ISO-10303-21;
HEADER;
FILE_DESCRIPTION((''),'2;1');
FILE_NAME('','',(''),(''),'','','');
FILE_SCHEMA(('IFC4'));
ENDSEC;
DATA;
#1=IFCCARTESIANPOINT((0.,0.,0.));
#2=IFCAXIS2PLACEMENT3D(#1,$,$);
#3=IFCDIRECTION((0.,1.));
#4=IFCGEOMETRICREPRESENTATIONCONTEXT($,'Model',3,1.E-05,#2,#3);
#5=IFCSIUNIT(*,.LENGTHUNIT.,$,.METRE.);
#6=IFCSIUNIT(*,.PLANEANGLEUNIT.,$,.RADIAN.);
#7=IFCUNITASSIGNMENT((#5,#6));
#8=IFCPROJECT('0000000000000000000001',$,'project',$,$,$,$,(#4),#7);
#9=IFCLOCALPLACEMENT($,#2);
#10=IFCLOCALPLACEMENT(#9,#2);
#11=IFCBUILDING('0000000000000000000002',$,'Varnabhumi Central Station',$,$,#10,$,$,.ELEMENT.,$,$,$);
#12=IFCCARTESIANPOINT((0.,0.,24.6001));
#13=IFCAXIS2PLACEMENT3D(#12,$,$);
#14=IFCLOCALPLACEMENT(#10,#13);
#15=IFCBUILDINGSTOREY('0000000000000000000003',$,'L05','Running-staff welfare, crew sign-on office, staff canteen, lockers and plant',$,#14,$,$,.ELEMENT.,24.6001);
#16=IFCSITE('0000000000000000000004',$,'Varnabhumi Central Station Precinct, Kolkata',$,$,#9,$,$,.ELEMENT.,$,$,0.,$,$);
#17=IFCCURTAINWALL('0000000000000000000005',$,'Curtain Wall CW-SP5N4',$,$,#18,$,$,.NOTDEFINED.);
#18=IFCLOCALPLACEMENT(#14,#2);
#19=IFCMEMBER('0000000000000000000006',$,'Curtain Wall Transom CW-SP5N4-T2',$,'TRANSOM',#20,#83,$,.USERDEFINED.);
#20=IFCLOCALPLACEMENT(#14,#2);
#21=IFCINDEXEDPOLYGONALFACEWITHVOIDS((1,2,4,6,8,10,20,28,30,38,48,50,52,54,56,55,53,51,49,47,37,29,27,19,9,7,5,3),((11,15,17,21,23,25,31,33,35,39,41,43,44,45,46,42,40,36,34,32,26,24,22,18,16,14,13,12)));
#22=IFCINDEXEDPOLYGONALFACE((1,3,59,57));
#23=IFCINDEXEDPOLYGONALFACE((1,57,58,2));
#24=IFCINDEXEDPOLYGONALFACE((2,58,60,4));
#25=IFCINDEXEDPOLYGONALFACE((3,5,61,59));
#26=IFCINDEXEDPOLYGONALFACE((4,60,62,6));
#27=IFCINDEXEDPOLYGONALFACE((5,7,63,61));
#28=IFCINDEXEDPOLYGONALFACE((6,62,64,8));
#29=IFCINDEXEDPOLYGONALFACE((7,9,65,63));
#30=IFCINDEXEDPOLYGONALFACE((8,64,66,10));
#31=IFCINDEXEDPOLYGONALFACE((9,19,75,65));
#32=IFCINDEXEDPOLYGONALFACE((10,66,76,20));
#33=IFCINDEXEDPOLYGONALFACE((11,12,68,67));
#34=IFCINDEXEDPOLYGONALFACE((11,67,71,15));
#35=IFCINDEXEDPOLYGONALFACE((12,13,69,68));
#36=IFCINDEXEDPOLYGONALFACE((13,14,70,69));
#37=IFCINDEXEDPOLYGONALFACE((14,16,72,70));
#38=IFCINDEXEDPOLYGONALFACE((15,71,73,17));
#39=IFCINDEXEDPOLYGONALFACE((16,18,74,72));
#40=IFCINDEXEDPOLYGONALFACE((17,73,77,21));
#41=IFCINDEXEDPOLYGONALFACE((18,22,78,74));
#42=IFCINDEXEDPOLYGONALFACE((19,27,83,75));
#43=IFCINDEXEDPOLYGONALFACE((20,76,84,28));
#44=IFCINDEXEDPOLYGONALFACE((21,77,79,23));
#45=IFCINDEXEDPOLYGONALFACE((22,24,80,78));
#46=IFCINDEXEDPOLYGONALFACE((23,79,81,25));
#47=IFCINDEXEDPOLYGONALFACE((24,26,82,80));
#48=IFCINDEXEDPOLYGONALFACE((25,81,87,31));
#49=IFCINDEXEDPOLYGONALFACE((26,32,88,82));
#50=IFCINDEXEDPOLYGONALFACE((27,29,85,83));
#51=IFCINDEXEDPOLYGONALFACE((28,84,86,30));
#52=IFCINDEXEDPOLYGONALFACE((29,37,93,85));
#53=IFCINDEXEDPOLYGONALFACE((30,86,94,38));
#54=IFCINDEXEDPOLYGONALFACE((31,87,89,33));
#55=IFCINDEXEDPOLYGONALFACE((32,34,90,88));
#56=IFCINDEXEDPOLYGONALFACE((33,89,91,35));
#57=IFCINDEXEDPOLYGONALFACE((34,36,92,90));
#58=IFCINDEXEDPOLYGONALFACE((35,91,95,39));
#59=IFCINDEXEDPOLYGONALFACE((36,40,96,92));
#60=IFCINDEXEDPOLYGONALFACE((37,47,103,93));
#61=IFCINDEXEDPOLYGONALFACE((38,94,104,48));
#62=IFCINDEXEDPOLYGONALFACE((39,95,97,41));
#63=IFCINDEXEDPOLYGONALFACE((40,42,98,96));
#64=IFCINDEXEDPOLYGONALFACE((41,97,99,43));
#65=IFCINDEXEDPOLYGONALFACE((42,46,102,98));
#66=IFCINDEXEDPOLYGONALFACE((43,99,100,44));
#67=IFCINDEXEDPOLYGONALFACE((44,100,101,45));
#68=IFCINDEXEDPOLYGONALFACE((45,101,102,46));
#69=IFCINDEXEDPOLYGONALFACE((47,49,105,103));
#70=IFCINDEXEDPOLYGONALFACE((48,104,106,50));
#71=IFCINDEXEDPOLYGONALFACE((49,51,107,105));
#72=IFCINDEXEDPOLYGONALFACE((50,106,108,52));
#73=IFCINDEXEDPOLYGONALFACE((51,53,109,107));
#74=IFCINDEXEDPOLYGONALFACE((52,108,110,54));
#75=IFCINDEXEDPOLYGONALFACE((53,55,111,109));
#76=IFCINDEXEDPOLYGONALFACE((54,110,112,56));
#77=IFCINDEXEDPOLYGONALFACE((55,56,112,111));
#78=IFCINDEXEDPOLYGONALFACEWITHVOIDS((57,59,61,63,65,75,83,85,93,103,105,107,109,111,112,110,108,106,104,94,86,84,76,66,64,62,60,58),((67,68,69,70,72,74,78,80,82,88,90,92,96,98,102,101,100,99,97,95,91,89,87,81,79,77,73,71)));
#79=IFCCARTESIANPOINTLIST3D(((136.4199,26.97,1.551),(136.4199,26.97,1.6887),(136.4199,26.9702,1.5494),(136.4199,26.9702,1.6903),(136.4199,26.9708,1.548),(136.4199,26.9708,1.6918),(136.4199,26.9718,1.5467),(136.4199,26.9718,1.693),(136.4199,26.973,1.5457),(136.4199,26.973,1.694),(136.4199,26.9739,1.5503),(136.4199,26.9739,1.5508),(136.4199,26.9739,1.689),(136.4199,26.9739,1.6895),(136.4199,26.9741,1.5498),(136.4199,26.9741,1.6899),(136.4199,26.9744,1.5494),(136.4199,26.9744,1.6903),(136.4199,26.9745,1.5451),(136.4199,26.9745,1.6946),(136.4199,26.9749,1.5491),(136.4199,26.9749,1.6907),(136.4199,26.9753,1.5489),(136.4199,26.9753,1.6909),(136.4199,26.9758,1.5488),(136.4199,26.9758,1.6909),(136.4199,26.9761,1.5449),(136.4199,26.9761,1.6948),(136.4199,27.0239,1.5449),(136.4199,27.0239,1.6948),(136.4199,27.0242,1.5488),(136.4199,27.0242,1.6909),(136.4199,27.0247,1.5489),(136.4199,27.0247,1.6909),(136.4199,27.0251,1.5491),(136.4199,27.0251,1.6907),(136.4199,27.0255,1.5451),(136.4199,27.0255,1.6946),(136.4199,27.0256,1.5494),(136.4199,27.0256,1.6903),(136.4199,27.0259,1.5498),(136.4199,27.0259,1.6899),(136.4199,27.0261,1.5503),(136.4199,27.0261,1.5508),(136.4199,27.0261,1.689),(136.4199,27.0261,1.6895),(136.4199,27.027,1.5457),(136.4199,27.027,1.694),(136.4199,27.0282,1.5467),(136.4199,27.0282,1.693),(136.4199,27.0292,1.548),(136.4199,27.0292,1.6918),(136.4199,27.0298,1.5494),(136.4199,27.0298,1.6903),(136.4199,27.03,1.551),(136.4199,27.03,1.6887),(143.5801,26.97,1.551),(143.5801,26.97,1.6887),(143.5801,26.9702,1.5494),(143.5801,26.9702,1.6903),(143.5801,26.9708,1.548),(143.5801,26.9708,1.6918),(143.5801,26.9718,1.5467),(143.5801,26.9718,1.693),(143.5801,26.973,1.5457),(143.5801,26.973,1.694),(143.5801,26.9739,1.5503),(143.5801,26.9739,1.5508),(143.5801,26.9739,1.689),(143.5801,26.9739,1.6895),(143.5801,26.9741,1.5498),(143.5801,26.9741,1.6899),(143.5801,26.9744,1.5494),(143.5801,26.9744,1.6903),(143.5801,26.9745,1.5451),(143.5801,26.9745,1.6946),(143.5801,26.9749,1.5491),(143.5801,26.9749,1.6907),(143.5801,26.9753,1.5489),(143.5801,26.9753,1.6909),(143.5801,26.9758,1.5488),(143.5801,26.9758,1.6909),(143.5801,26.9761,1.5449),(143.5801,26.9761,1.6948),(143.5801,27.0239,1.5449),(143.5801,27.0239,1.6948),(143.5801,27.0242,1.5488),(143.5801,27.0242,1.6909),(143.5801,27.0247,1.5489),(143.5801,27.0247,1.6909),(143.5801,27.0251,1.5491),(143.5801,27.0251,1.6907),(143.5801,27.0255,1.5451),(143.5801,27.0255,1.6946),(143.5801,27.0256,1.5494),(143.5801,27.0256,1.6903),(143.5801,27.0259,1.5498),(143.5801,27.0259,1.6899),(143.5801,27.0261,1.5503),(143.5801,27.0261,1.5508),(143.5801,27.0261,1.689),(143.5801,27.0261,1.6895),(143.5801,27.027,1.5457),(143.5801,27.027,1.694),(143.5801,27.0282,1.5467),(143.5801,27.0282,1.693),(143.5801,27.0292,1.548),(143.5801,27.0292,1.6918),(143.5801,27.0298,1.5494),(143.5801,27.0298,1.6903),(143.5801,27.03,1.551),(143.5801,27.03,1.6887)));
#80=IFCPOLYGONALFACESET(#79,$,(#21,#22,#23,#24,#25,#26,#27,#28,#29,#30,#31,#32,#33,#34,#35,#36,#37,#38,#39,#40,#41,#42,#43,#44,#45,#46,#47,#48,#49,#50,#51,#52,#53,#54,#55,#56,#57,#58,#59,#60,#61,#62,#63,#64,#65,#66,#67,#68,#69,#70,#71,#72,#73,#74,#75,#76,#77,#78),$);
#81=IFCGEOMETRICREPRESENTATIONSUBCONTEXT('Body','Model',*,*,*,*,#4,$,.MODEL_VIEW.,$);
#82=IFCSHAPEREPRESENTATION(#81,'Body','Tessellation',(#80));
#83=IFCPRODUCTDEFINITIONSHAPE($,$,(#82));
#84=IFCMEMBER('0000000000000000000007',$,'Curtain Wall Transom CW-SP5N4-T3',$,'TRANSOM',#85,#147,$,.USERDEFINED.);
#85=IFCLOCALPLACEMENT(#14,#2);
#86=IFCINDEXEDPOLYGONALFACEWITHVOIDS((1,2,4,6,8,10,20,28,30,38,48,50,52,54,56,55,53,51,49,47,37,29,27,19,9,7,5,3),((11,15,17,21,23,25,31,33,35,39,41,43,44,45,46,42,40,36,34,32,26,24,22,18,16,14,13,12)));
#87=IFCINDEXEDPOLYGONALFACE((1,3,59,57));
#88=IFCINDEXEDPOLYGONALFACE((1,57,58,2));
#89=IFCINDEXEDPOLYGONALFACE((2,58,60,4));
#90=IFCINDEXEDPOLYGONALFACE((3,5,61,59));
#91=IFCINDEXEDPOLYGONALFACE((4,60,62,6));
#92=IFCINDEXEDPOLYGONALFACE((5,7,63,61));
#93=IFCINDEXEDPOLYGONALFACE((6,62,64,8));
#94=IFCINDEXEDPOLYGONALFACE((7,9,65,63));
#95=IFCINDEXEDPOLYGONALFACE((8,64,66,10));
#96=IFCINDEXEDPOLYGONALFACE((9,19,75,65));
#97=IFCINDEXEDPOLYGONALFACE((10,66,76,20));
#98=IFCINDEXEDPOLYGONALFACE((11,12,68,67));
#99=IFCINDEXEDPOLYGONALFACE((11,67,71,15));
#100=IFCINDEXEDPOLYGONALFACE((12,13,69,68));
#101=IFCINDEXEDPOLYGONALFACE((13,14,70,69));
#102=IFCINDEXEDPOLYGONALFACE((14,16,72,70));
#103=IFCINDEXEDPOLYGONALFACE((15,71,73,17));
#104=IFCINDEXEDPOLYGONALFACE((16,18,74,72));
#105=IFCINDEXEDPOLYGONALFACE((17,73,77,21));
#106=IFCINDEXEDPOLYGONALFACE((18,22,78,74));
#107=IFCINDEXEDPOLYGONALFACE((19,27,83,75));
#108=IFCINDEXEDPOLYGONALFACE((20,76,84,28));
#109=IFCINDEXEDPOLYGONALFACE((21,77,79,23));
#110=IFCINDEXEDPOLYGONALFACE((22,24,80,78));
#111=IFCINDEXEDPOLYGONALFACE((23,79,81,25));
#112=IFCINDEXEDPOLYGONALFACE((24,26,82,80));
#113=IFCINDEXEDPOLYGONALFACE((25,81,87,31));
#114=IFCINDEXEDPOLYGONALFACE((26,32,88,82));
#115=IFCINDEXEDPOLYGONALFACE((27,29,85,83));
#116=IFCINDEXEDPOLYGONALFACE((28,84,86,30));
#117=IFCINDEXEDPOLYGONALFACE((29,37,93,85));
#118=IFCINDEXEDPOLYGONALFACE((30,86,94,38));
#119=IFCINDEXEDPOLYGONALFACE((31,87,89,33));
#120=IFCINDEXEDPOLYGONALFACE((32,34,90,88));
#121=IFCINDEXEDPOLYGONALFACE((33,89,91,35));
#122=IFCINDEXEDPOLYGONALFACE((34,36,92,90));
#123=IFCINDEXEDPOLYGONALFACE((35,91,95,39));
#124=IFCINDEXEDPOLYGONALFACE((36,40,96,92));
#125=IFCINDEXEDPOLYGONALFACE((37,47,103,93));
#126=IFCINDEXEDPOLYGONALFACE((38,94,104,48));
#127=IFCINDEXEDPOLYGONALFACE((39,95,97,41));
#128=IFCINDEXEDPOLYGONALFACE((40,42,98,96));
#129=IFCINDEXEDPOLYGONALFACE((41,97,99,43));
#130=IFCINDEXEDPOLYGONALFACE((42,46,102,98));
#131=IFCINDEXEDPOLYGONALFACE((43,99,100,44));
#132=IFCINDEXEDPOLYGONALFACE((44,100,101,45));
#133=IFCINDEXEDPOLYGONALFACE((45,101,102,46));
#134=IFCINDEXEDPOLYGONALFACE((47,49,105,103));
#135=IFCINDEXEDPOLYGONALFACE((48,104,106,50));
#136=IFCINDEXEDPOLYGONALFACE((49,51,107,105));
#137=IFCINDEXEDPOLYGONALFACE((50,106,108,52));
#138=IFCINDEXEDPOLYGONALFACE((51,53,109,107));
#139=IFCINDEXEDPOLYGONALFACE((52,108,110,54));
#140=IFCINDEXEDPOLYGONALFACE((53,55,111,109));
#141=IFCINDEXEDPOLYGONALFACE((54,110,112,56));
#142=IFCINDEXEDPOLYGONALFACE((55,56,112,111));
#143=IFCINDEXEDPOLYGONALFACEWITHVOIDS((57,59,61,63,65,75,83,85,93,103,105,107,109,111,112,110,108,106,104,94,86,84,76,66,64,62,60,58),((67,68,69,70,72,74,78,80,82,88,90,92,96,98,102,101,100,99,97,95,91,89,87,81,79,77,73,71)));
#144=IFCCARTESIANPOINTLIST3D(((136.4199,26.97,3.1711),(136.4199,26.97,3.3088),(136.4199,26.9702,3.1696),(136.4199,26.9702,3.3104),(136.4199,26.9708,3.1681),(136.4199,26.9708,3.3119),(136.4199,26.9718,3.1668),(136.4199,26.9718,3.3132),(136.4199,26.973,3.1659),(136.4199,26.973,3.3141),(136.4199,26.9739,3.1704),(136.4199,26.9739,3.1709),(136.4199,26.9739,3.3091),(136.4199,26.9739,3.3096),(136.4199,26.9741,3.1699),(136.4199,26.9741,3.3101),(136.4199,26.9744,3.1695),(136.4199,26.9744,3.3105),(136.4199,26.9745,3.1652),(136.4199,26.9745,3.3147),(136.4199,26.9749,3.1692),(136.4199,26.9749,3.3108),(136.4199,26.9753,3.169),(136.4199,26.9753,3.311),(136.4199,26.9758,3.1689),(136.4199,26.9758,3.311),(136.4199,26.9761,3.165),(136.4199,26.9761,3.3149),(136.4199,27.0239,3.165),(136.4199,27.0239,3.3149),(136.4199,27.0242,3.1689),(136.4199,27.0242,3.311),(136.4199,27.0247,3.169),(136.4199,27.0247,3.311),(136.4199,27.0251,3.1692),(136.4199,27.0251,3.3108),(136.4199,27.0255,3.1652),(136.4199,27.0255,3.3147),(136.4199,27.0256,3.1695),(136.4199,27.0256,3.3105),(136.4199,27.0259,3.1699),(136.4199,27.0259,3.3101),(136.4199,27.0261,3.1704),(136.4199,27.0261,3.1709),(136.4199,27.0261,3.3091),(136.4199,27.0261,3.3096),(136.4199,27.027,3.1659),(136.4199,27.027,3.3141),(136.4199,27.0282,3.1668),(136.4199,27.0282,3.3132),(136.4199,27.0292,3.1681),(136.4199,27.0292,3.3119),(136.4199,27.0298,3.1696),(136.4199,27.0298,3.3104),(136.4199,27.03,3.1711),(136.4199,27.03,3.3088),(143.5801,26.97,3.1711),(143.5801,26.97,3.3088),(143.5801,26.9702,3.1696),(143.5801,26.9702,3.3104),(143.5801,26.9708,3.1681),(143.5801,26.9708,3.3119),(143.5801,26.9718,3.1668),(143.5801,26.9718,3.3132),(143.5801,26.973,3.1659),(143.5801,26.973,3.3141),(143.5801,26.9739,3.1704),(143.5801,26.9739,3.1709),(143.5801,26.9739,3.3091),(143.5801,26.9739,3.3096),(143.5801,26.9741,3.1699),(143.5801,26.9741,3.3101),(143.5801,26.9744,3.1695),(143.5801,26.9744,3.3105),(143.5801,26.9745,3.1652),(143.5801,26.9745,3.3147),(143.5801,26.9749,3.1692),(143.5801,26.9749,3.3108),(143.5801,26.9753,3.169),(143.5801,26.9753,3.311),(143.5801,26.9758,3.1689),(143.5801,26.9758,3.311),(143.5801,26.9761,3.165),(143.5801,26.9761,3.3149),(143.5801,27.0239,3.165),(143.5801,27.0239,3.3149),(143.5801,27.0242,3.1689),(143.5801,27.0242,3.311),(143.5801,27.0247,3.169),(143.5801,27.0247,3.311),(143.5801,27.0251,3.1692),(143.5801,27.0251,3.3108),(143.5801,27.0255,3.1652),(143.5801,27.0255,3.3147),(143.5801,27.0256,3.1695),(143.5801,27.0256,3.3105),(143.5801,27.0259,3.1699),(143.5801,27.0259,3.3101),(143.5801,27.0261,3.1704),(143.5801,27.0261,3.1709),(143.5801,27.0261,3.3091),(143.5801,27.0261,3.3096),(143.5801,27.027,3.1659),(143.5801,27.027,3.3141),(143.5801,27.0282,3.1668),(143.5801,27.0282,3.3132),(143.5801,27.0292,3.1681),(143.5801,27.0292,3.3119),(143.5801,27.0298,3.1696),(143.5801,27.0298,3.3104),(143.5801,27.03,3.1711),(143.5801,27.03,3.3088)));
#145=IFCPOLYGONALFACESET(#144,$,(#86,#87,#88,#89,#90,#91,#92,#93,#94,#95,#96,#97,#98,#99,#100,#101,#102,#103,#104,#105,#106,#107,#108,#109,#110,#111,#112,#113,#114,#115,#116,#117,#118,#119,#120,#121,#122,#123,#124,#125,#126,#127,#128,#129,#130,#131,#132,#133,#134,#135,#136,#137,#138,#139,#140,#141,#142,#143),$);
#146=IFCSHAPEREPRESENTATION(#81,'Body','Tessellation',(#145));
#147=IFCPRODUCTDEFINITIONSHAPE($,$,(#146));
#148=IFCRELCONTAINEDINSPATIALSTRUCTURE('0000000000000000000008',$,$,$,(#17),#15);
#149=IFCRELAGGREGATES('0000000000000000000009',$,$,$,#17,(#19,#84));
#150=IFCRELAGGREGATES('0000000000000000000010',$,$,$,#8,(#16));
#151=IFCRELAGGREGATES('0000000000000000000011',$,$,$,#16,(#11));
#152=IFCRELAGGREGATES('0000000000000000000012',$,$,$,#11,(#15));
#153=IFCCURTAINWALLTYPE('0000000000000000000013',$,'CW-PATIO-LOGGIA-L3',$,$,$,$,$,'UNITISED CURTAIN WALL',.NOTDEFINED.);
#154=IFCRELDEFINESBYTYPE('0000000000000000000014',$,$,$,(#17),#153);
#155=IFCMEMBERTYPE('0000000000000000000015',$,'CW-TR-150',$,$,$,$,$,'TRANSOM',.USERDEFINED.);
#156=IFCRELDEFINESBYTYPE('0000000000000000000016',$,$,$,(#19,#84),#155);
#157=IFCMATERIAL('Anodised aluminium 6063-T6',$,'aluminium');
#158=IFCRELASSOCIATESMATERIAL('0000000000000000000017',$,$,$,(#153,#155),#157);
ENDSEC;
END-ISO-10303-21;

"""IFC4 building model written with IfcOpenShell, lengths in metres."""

from ifc_helpers import new_model, si_unit, direction, frame, origin, origin_2d, place, context, subcontext, project, spatial, hollow_rectangle, extrude, material, material_profile, profile_set, type_object, element, aggregate, save


model = new_model("IFC4")

# Units and contexts
model_context = context("Model", 3, precision=1e-05, world=origin(), true_north=direction((0.0, 1.0)))
body_context = subcontext(model_context, "Body", "Model", "MODEL_VIEW")
ifc_project = project(units=[si_unit("LENGTHUNIT", "METRE"), si_unit("PLANEANGLEUNIT", "RADIAN")], contexts=[model_context])

# Site, building, storey
site_placement = place(None, origin())
site = spatial("IfcSite", under=ifc_project, at=site_placement, Name="Varnabhumi Central Station Precinct, Kolkata", CompositionType="ELEMENT", RefElevation=0.0)
building_placement = place(site_placement, origin())
building = spatial("IfcBuilding", under=site, at=building_placement, Name="Varnabhumi Central Station", CompositionType="ELEMENT")
storey_placement = place(building_placement, frame((0.0, 0.0, 24.6001)))
storey = spatial("IfcBuildingStorey", under=building, at=storey_placement, Name="L05", Description="Running-staff welfare, crew sign-on office, staff canteen, lockers and plant", CompositionType="ELEMENT", Elevation=24.6001)

# Curtain wall, members
ifc_material_1 = material(Name="Anodised aluminium 6063-T6", Category="aluminium")
curtain_wall_type = type_object("IfcCurtainWallType", Name="CW-PATIO-LOGGIA-L3", ElementType="UNITISED CURTAIN WALL", PredefinedType="NOTDEFINED", material=ifc_material_1)
curtain_wall_placement = place(storey_placement, origin())
curtain_wall = element("IfcCurtainWall", 1, at=curtain_wall_placement, inside=storey, type_object=curtain_wall_type, Name="Curtain Wall CW-SP5N4", PredefinedType="NOTDEFINED")
ifc_material_profile_1 = material_profile(ifc_material_1, hollow_rectangle(XDim=0.0601, YDim=0.1499, WallThickness=0.0039, InnerFilletRadius=0.002, OuterFilletRadius=0.0061, at=origin_2d()), Name="Anodised aluminium 6063-T6", Category="aluminium")
ifc_profile_set_1 = profile_set([ifc_material_profile_1], Name="Anodised aluminium 6063-T6")
member_type_1 = type_object("IfcMemberType", Name="CW-TR-150", ElementType="TRANSOM", PredefinedType="USERDEFINED", material=ifc_profile_set_1)
member_1_placement = place(storey_placement, frame((136.4199, 27.0, 1.6199), z_axis=(1.0, 0.0, 0.0), x_axis=(0.0, 1.0, 0.0)))
member_1 = element("IfcMember", 2, at=member_1_placement, type_object=member_type_1, Name="Curtain Wall Transom CW-SP5N4-T2", ObjectType="TRANSOM", PredefinedType="USERDEFINED", context=body_context, shape_type="SweptSolid", body=[
    extrude(hollow_rectangle(XDim=0.0601, YDim=0.1499, WallThickness=0.0039, InnerFilletRadius=0.002, OuterFilletRadius=0.0061, at=origin_2d()), origin(), (0.0, 0.0, 1.0), 7.1602),
])
member_2_placement = place(storey_placement, frame((136.4199, 27.0, 3.24), z_axis=(1.0, 0.0, 0.0), x_axis=(0.0, 1.0, 0.0)))
member_2 = element("IfcMember", 3, at=member_2_placement, type_object=member_type_1, Name="Curtain Wall Transom CW-SP5N4-T3", ObjectType="TRANSOM", PredefinedType="USERDEFINED", context=body_context, shape_type="SweptSolid", body=[
    extrude(hollow_rectangle(XDim=0.0601, YDim=0.1499, WallThickness=0.0039, InnerFilletRadius=0.002, OuterFilletRadius=0.0061, at=origin_2d()), origin(), (0.0, 0.0, 1.0), 7.1602),
])

aggregate(curtain_wall, [member_1, member_2])

save(model, "model.ifc")
